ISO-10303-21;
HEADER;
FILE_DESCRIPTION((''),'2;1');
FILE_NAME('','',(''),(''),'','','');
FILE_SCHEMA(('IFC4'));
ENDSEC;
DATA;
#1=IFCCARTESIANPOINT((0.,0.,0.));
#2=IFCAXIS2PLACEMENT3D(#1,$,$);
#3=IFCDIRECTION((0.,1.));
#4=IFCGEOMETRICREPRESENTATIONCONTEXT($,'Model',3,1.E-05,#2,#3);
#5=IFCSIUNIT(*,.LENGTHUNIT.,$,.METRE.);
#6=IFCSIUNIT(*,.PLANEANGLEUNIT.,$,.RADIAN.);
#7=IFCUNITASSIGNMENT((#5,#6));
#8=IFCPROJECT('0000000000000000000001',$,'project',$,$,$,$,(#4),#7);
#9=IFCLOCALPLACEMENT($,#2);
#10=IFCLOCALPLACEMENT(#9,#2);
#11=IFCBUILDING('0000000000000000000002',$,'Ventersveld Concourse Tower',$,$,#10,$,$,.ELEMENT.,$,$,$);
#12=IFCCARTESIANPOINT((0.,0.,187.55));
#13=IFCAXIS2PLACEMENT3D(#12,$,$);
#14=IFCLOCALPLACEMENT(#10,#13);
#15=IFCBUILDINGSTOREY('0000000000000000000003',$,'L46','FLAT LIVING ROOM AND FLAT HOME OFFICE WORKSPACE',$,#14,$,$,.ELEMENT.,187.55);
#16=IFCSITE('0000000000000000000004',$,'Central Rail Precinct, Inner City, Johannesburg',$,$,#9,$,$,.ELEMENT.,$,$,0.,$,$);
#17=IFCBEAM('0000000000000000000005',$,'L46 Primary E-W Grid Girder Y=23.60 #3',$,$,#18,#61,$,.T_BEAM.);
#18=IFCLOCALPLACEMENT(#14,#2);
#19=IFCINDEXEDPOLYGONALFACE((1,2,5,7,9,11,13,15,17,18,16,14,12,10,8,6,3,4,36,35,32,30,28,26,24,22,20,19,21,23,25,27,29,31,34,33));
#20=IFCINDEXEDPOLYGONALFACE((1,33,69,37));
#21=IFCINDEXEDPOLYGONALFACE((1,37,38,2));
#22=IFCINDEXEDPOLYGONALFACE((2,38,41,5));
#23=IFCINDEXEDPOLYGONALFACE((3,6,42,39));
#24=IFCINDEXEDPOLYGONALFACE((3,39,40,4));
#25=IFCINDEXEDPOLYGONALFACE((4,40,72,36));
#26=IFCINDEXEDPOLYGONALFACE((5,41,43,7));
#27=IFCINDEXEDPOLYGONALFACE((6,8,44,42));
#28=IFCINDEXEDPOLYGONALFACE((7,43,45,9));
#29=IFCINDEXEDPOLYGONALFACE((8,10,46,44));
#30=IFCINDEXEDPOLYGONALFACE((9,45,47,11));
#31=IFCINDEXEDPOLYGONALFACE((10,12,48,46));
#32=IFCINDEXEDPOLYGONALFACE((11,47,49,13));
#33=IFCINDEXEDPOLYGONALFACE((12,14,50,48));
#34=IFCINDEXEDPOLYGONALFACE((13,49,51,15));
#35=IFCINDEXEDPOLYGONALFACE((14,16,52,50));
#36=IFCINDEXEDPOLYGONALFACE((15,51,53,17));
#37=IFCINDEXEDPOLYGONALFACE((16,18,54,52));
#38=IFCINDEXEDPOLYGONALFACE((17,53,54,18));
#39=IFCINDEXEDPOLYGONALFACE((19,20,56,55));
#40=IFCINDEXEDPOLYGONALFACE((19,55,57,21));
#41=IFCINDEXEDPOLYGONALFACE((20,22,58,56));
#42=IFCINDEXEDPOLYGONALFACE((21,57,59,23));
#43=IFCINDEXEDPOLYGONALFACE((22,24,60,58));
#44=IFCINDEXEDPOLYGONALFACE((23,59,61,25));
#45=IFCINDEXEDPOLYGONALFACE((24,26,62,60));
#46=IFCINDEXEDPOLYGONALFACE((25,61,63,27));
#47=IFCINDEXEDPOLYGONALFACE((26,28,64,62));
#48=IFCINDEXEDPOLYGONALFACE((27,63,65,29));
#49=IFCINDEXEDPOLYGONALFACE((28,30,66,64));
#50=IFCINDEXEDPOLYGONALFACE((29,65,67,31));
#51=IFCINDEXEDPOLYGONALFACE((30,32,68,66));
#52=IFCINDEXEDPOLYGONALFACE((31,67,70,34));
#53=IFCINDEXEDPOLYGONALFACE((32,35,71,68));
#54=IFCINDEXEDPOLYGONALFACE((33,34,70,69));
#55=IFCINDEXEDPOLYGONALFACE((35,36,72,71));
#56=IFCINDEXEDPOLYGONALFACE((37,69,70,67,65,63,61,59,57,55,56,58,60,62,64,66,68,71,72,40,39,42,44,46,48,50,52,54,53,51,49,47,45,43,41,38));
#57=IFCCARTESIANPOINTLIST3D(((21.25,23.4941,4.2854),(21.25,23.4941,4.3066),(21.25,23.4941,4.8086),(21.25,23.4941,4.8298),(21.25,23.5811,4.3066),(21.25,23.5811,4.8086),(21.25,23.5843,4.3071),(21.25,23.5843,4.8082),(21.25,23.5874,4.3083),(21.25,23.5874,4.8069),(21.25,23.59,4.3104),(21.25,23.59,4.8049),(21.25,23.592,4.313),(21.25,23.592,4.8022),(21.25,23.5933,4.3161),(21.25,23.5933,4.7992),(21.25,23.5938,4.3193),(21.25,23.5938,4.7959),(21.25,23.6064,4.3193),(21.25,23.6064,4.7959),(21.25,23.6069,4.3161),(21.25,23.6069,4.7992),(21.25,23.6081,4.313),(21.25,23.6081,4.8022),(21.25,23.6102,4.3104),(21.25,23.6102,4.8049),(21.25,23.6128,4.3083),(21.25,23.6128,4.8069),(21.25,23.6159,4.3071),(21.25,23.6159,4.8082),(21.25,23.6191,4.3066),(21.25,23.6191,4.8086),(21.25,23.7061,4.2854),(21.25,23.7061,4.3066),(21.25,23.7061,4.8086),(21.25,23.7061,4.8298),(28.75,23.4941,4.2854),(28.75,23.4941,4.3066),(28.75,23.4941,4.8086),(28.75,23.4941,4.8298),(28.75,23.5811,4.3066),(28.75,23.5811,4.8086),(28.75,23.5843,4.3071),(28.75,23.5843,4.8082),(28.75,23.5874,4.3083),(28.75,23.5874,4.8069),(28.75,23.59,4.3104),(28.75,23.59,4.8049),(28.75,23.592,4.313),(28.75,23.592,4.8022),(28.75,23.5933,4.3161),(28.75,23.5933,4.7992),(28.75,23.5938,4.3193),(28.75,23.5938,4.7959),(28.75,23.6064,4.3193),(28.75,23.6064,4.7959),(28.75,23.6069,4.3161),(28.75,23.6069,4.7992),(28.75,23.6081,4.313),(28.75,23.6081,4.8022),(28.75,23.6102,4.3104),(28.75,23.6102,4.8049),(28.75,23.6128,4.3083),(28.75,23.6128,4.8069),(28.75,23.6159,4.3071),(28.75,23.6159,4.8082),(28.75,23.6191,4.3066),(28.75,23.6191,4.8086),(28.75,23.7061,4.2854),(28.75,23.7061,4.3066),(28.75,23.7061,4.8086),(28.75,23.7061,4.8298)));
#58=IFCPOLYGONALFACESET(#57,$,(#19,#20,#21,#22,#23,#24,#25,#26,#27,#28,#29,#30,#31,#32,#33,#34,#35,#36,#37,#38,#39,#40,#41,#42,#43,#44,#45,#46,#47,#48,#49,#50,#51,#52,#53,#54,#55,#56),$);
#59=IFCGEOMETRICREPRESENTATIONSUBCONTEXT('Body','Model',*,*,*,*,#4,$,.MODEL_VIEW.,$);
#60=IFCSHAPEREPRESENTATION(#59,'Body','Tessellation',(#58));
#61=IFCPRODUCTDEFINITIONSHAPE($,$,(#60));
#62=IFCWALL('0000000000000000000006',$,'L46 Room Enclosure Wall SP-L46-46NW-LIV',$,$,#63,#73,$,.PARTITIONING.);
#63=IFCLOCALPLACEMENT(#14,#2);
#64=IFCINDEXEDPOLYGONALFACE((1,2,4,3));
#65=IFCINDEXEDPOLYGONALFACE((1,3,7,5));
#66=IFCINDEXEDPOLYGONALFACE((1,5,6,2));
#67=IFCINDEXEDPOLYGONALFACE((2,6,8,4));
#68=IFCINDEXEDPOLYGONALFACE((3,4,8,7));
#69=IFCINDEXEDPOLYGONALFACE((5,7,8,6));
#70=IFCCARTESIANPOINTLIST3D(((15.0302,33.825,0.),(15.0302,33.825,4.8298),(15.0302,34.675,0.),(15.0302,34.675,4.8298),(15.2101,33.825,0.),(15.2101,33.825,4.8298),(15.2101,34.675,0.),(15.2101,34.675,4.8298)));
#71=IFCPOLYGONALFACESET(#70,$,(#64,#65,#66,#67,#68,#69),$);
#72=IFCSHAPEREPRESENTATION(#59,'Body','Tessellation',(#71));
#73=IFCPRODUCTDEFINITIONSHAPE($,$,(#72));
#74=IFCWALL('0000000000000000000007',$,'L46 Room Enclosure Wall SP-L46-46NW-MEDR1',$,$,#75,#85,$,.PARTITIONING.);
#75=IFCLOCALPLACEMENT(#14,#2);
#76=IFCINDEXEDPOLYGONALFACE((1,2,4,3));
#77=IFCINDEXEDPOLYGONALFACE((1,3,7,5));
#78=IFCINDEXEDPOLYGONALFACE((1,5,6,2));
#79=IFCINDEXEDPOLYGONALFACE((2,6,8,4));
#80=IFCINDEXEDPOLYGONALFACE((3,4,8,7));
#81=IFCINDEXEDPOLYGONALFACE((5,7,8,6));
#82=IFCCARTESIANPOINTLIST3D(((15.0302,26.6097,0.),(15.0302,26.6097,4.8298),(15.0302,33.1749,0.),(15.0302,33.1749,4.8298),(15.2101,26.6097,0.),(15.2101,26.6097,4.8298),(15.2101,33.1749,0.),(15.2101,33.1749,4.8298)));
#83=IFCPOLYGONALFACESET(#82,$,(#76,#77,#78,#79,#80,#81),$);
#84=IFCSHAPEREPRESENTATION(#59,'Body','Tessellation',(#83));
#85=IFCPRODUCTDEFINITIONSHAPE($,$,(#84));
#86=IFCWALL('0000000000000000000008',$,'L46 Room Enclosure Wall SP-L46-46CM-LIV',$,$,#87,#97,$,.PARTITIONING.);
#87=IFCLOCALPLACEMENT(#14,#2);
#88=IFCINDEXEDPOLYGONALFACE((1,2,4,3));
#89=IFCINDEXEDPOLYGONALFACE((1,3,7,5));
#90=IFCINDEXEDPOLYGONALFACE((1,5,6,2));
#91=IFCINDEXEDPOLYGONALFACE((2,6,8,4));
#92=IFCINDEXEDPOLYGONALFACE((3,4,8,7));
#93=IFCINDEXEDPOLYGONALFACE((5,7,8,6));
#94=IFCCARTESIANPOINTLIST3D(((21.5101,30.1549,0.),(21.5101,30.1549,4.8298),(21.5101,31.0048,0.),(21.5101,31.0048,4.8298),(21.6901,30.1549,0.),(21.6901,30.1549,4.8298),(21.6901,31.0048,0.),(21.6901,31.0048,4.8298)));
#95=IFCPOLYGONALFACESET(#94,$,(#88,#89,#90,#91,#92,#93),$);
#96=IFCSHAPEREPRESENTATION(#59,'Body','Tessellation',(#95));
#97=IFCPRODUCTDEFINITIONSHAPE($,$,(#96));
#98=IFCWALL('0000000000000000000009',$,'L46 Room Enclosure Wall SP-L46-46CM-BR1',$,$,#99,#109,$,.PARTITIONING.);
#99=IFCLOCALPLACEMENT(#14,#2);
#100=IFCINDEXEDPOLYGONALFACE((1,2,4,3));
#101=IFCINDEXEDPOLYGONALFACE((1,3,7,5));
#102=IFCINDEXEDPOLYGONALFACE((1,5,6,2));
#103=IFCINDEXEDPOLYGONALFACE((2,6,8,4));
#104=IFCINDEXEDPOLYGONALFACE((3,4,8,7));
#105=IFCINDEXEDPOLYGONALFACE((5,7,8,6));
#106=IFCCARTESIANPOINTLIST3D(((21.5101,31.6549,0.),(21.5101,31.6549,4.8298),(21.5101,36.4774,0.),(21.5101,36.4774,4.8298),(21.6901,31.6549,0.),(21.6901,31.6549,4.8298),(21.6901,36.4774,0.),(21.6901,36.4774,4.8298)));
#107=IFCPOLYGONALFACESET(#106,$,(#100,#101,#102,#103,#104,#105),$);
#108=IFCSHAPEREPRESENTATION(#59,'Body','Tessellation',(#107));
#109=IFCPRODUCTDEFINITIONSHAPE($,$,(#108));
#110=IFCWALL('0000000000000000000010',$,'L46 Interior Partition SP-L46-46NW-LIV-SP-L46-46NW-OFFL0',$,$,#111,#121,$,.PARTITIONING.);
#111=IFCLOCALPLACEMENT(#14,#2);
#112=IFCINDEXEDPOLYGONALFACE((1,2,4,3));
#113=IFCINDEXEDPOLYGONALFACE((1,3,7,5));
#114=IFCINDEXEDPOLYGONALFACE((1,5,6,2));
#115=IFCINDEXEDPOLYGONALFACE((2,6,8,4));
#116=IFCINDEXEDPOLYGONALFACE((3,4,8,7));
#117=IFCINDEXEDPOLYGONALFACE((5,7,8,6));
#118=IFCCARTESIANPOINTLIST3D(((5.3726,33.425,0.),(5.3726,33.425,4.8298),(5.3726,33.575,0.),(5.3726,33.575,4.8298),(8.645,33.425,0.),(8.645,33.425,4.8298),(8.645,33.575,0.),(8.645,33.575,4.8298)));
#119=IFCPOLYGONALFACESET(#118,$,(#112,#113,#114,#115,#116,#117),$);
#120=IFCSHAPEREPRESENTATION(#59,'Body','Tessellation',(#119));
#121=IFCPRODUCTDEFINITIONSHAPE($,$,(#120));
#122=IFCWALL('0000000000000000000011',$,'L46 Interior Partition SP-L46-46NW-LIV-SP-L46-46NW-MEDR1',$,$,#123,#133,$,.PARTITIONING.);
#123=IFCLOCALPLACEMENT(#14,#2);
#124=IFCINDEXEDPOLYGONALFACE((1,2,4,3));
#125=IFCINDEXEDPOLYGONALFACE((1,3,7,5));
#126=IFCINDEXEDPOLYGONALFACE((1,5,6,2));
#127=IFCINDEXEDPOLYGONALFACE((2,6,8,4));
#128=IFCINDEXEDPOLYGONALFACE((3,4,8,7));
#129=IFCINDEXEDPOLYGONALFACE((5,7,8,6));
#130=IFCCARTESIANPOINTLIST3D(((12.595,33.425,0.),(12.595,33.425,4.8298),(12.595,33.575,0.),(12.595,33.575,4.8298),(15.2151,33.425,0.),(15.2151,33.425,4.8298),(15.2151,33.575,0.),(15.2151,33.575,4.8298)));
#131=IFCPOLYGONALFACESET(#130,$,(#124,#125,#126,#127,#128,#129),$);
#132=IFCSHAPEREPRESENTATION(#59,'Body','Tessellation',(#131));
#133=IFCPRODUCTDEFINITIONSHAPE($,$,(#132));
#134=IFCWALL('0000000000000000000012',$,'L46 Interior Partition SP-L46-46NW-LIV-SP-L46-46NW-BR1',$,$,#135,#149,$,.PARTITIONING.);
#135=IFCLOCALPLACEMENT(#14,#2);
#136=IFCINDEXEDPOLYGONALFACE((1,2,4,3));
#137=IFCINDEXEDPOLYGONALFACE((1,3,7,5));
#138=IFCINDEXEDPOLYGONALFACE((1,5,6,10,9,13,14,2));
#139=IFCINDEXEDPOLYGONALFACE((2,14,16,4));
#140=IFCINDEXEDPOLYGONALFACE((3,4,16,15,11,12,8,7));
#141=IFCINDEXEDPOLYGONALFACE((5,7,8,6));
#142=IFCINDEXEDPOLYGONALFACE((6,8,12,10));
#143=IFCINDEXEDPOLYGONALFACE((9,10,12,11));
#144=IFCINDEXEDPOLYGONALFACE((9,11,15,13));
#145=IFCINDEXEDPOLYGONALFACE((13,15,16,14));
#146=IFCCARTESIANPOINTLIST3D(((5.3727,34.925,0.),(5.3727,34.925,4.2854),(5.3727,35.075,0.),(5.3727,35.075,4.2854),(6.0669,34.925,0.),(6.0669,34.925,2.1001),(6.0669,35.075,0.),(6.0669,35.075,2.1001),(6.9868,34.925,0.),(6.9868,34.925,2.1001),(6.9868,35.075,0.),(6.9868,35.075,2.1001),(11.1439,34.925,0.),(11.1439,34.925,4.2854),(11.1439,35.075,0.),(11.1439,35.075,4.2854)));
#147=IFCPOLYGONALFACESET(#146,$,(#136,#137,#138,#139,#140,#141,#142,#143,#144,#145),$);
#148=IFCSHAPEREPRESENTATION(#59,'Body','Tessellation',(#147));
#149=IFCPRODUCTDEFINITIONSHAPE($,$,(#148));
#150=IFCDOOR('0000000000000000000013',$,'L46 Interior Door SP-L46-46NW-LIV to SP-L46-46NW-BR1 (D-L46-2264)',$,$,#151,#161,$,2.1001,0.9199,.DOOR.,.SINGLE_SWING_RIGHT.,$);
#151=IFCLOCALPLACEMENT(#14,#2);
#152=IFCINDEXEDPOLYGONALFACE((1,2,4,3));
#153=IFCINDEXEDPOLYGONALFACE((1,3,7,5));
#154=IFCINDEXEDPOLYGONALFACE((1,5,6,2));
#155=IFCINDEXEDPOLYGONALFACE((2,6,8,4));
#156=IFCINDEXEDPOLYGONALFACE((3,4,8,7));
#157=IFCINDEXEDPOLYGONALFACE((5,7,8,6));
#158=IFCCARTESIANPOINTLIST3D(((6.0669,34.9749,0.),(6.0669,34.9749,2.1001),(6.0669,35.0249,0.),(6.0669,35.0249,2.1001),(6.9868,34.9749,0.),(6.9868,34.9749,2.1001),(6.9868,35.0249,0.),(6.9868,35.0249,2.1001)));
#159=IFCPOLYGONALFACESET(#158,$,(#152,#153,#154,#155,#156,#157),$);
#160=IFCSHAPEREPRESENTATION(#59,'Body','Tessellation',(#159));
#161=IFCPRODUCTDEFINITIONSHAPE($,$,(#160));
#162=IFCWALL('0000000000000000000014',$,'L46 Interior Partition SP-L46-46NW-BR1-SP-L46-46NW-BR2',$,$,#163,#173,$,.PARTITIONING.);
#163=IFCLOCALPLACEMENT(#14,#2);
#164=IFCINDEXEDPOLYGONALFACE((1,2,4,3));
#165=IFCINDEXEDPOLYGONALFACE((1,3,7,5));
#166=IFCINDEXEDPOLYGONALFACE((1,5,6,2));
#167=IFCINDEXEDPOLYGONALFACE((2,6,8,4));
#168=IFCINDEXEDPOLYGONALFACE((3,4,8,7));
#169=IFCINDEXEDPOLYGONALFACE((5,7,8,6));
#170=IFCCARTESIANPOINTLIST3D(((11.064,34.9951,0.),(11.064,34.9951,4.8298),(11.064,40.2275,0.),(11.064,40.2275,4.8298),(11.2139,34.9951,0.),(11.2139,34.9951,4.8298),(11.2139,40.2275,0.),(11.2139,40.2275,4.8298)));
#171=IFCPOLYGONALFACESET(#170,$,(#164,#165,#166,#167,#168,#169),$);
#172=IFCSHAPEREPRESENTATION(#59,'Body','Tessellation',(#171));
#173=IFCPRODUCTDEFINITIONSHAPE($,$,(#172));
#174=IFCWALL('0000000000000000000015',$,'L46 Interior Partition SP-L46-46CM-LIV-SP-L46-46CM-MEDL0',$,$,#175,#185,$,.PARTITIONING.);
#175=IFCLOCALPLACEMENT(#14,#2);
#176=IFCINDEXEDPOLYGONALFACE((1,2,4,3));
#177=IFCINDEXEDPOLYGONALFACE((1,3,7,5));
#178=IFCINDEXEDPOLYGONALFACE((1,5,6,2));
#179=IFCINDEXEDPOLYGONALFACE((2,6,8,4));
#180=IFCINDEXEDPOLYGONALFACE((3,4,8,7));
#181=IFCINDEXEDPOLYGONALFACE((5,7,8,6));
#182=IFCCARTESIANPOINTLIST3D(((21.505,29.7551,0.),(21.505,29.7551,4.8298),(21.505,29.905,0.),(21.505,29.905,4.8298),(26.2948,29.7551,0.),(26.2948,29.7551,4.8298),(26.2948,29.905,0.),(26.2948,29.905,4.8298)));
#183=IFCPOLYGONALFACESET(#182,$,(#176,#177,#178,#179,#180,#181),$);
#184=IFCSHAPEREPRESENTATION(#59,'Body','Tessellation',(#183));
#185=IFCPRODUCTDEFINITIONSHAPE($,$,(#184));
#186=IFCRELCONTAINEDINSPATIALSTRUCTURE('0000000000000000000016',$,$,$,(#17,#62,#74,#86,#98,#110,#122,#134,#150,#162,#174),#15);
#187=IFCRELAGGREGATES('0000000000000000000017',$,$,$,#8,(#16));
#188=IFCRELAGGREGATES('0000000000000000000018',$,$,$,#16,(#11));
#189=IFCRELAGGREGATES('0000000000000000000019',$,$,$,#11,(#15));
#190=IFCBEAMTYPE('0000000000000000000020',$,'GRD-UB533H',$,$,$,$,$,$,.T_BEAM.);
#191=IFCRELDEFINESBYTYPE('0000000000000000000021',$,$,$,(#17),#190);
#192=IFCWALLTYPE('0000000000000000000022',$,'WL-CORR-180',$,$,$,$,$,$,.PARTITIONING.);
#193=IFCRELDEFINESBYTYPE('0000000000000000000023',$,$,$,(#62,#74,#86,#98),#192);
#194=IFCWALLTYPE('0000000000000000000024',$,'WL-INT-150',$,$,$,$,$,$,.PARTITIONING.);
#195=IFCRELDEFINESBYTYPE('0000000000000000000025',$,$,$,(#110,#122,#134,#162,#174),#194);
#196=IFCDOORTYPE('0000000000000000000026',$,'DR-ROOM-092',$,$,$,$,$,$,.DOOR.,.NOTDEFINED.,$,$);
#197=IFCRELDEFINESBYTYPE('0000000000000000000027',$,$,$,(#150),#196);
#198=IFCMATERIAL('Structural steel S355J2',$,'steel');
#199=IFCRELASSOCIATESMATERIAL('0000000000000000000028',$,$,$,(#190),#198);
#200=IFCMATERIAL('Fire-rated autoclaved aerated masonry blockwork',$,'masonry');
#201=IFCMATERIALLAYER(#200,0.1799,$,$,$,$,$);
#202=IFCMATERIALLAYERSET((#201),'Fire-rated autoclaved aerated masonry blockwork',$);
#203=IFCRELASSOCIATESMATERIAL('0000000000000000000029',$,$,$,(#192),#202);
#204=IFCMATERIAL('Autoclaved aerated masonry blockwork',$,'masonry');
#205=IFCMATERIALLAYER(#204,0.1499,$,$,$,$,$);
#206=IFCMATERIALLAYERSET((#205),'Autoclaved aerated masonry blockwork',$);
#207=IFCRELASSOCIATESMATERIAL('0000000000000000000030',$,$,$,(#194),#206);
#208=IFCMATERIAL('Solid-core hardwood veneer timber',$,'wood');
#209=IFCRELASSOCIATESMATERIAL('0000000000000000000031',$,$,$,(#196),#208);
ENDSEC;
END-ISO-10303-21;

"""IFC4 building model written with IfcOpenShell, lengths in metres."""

from ifc_helpers import new_model, si_unit, direction, frame, frame_2d, origin, origin_2d, place, context, subcontext, project, spatial, rectangle, i_section, extrude, material, layer, layer_set, material_profile, profile_set, type_object, element, fill, save


model = new_model("IFC4")

# Units and contexts
model_context = context("Model", 3, precision=1e-05, world=origin(), true_north=direction((0.0, 1.0)))
body_context = subcontext(model_context, "Body", "Model", "MODEL_VIEW")
ifc_project = project(units=[si_unit("LENGTHUNIT", "METRE"), si_unit("PLANEANGLEUNIT", "RADIAN")], contexts=[model_context])

# Site, building, storey
site_placement = place(None, origin())
site = spatial("IfcSite", under=ifc_project, at=site_placement, Name="Central Rail Precinct, Inner City, Johannesburg", CompositionType="ELEMENT", RefElevation=0.0)
building_placement = place(site_placement, origin())
building = spatial("IfcBuilding", under=site, at=building_placement, Name="Ventersveld Concourse Tower", CompositionType="ELEMENT")
storey_placement = place(building_placement, frame((0.0, 0.0, 187.55)))
storey = spatial("IfcBuildingStorey", under=building, at=storey_placement, Name="L46", Description="FLAT LIVING ROOM AND FLAT HOME OFFICE WORKSPACE", CompositionType="ELEMENT", Elevation=187.55)

# Beam
ifc_material_1 = material(Name="Structural steel S355J2", Category="steel")
ifc_material_profile_1 = material_profile(ifc_material_1, i_section(OverallWidth=0.2119, OverallDepth=0.5444, WebThickness=0.0127, FlangeThickness=0.0212, FilletRadius=0.0127, at=origin_2d()), Name="UB 533x210x122")
ifc_profile_set_1 = profile_set([ifc_material_profile_1], Name="Structural steel S355J2")
beam_type_1 = type_object("IfcBeamType", Name="GRD-UB533H", PredefinedType="T_BEAM", material=ifc_profile_set_1)
beam_1_placement = place(storey_placement, frame((21.25, 23.6001, 4.5576), z_axis=(1.0, 0.0, 0.0), x_axis=(0.0, 1.0, 0.0)))
element("IfcBeam", 1, at=beam_1_placement, inside=storey, type_object=beam_type_1, Name="L46 Primary E-W Grid Girder Y=23.60 #3", PredefinedType="T_BEAM", context=body_context, shape_type="SweptSolid", body=[
    extrude(i_section(OverallWidth=0.2119, OverallDepth=0.5444, WebThickness=0.0127, FlangeThickness=0.0212, FilletRadius=0.0127, at=origin_2d()), origin(), (0.0, 0.0, 1.0), 7.5),
])

# Walls
ifc_material_2 = material(Name="Fire-rated autoclaved aerated masonry blockwork", Category="masonry")
ifc_layer_1 = layer(ifc_material_2, 0.1799)
ifc_layer_set_1 = layer_set([ifc_layer_1], Name="Fire-rated autoclaved aerated masonry blockwork")
wall_type_1 = type_object("IfcWallType", Name="WL-CORR-180", PredefinedType="PARTITIONING", material=ifc_layer_set_1)
wall_1_placement = place(storey_placement, frame((15.1201, 34.675, 0.0), z_axis=(0.0, 0.0, 1.0), x_axis=(0.0, -1.0, 0.0)))
element("IfcWall", 2, at=wall_1_placement, inside=storey, type_object=wall_type_1, Name="L46 Room Enclosure Wall SP-L46-46NW-LIV", PredefinedType="PARTITIONING", context=body_context, shape_type="SweptSolid", body=[
    extrude(rectangle(XDim=0.8501, YDim=0.1799, at=frame_2d((0.425, 0.0))), origin(), (0.0, 0.0, 1.0), 4.8298),
])
wall_2_placement = place(storey_placement, frame((15.1201, 33.175, 0.0), z_axis=(0.0, 0.0, 1.0), x_axis=(0.0, -1.0, 0.0)))
element("IfcWall", 3, at=wall_2_placement, inside=storey, type_object=wall_type_1, Name="L46 Room Enclosure Wall SP-L46-46NW-MEDR1", PredefinedType="PARTITIONING", context=body_context, shape_type="SweptSolid", body=[
    extrude(rectangle(XDim=6.5652, YDim=0.1799, at=frame_2d((3.2827, 0.0))), origin(), (0.0, 0.0, 1.0), 4.8298),
])
wall_3_placement = place(storey_placement, frame((21.6001, 30.155, 0.0), z_axis=(0.0, 0.0, 1.0), x_axis=(0.0, 1.0, 0.0)))
element("IfcWall", 4, at=wall_3_placement, inside=storey, type_object=wall_type_1, Name="L46 Room Enclosure Wall SP-L46-46CM-LIV", PredefinedType="PARTITIONING", context=body_context, shape_type="SweptSolid", body=[
    extrude(rectangle(XDim=0.8499, YDim=0.1799, at=frame_2d((0.4248, 0.0))), origin(), (0.0, 0.0, 1.0), 4.8298),
])
wall_4_placement = place(storey_placement, frame((21.6001, 31.655, 0.0), z_axis=(0.0, 0.0, 1.0), x_axis=(0.0, 1.0, 0.0)))
element("IfcWall", 5, at=wall_4_placement, inside=storey, type_object=wall_type_1, Name="L46 Room Enclosure Wall SP-L46-46CM-BR1", PredefinedType="PARTITIONING", context=body_context, shape_type="SweptSolid", body=[
    extrude(rectangle(XDim=4.8225, YDim=0.1799, at=frame_2d((2.4111, 0.0))), origin(), (0.0, 0.0, 1.0), 4.8298),
])
ifc_material_3 = material(Name="Autoclaved aerated masonry blockwork", Category="masonry")
ifc_layer_2 = layer(ifc_material_3, 0.1499)
ifc_layer_set_2 = layer_set([ifc_layer_2], Name="Autoclaved aerated masonry blockwork")
wall_type_2 = type_object("IfcWallType", Name="WL-INT-150", PredefinedType="PARTITIONING", material=ifc_layer_set_2)
wall_5_placement = place(storey_placement, frame((5.3726, 33.5, 0.0), z_axis=(0.0, 0.0, 1.0), x_axis=(1.0, 0.0, 0.0)))
element("IfcWall", 6, at=wall_5_placement, inside=storey, type_object=wall_type_2, Name="L46 Interior Partition SP-L46-46NW-LIV-SP-L46-46NW-OFFL0", PredefinedType="PARTITIONING", context=body_context, shape_type="SweptSolid", body=[
    extrude(rectangle(XDim=3.2725, YDim=0.1499, at=frame_2d((1.6362, 0.0))), origin(), (0.0, 0.0, 1.0), 4.8298),
])
wall_6_placement = place(storey_placement, frame((12.595, 33.5, 0.0), z_axis=(0.0, 0.0, 1.0), x_axis=(1.0, 0.0, 0.0)))
element("IfcWall", 7, at=wall_6_placement, inside=storey, type_object=wall_type_2, Name="L46 Interior Partition SP-L46-46NW-LIV-SP-L46-46NW-MEDR1", PredefinedType="PARTITIONING", context=body_context, shape_type="SweptSolid", body=[
    extrude(rectangle(XDim=2.6201, YDim=0.1499, at=frame_2d((1.3101, 0.0))), origin(), (0.0, 0.0, 1.0), 4.8298),
])

# Wall, opening, door
wall_7_placement = place(storey_placement, frame((5.3726, 35.0, 0.0), z_axis=(0.0, 0.0, 1.0), x_axis=(1.0, 0.0, 0.0)))
wall_7 = element("IfcWall", 8, at=wall_7_placement, inside=storey, type_object=wall_type_2, Name="L46 Interior Partition SP-L46-46NW-LIV-SP-L46-46NW-BR1", PredefinedType="PARTITIONING", context=body_context, shape_type="SweptSolid", body=[
    extrude(rectangle(XDim=5.7712, YDim=0.1499, at=frame_2d((2.8857, 0.0))), origin(), (0.0, 0.0, 1.0), 4.2854),
])
opening_1_placement = place(wall_7_placement, frame((0.6943, 0.0, 0.0)))
opening_1 = element("IfcOpeningElement", 9, at=opening_1_placement, cuts=wall_7, PredefinedType="OPENING", context=body_context, shape_type="SweptSolid", body=[
    extrude(rectangle(XDim=0.9199, YDim=2.1001, at=frame_2d((0.46, 1.05))), frame((0.0, 0.085, 0.0), z_axis=(0.0, -1.0, 0.0), x_axis=(1.0, 0.0, 0.0)), (0.0, 0.0, 1.0), 0.1699),
])
ifc_material_4 = material(Name="Solid-core hardwood veneer timber", Category="wood")
door_type = type_object("IfcDoorType", Name="DR-ROOM-092", OperationType="NOTDEFINED", PredefinedType="DOOR", material=ifc_material_4)
door_1_placement = place(opening_1_placement, origin())
door_1 = element("IfcDoor", 10, at=door_1_placement, inside=storey, type_object=door_type, Name="L46 Interior Door SP-L46-46NW-LIV to SP-L46-46NW-BR1 (D-L46-2264)", OperationType="SINGLE_SWING_RIGHT", OverallHeight=2.1001, OverallWidth=0.9199, PredefinedType="DOOR", context=body_context, shape_type="SweptSolid", body=[
    extrude(rectangle(XDim=0.9199, YDim=2.1001, at=frame_2d((0.46, 1.05))), frame((0.0, 0.0249, 0.0), z_axis=(0.0, -1.0, 0.0), x_axis=(1.0, 0.0, 0.0)), (0.0, 0.0, 1.0), 0.05),
])
fill(opening_1, door_1)

# Walls
wall_8_placement = place(storey_placement, frame((11.1389, 34.9951, 0.0), z_axis=(0.0, 0.0, 1.0), x_axis=(0.0, 1.0, 0.0)))
element("IfcWall", 11, at=wall_8_placement, inside=storey, type_object=wall_type_2, Name="L46 Interior Partition SP-L46-46NW-BR1-SP-L46-46NW-BR2", PredefinedType="PARTITIONING", context=body_context, shape_type="SweptSolid", body=[
    extrude(rectangle(XDim=5.2324, YDim=0.1499, at=frame_2d((2.6162, 0.0))), origin(), (0.0, 0.0, 1.0), 4.8298),
])
wall_9_placement = place(storey_placement, frame((21.5049, 29.8301, 0.0), z_axis=(0.0, 0.0, 1.0), x_axis=(1.0, 0.0, 0.0)))
element("IfcWall", 12, at=wall_9_placement, inside=storey, type_object=wall_type_2, Name="L46 Interior Partition SP-L46-46CM-LIV-SP-L46-46CM-MEDL0", PredefinedType="PARTITIONING", context=body_context, shape_type="SweptSolid", body=[
    extrude(rectangle(XDim=4.7898, YDim=0.1499, at=frame_2d((2.395, 0.0))), origin(), (0.0, 0.0, 1.0), 4.8298),
])

save(model, "model.ifc")
